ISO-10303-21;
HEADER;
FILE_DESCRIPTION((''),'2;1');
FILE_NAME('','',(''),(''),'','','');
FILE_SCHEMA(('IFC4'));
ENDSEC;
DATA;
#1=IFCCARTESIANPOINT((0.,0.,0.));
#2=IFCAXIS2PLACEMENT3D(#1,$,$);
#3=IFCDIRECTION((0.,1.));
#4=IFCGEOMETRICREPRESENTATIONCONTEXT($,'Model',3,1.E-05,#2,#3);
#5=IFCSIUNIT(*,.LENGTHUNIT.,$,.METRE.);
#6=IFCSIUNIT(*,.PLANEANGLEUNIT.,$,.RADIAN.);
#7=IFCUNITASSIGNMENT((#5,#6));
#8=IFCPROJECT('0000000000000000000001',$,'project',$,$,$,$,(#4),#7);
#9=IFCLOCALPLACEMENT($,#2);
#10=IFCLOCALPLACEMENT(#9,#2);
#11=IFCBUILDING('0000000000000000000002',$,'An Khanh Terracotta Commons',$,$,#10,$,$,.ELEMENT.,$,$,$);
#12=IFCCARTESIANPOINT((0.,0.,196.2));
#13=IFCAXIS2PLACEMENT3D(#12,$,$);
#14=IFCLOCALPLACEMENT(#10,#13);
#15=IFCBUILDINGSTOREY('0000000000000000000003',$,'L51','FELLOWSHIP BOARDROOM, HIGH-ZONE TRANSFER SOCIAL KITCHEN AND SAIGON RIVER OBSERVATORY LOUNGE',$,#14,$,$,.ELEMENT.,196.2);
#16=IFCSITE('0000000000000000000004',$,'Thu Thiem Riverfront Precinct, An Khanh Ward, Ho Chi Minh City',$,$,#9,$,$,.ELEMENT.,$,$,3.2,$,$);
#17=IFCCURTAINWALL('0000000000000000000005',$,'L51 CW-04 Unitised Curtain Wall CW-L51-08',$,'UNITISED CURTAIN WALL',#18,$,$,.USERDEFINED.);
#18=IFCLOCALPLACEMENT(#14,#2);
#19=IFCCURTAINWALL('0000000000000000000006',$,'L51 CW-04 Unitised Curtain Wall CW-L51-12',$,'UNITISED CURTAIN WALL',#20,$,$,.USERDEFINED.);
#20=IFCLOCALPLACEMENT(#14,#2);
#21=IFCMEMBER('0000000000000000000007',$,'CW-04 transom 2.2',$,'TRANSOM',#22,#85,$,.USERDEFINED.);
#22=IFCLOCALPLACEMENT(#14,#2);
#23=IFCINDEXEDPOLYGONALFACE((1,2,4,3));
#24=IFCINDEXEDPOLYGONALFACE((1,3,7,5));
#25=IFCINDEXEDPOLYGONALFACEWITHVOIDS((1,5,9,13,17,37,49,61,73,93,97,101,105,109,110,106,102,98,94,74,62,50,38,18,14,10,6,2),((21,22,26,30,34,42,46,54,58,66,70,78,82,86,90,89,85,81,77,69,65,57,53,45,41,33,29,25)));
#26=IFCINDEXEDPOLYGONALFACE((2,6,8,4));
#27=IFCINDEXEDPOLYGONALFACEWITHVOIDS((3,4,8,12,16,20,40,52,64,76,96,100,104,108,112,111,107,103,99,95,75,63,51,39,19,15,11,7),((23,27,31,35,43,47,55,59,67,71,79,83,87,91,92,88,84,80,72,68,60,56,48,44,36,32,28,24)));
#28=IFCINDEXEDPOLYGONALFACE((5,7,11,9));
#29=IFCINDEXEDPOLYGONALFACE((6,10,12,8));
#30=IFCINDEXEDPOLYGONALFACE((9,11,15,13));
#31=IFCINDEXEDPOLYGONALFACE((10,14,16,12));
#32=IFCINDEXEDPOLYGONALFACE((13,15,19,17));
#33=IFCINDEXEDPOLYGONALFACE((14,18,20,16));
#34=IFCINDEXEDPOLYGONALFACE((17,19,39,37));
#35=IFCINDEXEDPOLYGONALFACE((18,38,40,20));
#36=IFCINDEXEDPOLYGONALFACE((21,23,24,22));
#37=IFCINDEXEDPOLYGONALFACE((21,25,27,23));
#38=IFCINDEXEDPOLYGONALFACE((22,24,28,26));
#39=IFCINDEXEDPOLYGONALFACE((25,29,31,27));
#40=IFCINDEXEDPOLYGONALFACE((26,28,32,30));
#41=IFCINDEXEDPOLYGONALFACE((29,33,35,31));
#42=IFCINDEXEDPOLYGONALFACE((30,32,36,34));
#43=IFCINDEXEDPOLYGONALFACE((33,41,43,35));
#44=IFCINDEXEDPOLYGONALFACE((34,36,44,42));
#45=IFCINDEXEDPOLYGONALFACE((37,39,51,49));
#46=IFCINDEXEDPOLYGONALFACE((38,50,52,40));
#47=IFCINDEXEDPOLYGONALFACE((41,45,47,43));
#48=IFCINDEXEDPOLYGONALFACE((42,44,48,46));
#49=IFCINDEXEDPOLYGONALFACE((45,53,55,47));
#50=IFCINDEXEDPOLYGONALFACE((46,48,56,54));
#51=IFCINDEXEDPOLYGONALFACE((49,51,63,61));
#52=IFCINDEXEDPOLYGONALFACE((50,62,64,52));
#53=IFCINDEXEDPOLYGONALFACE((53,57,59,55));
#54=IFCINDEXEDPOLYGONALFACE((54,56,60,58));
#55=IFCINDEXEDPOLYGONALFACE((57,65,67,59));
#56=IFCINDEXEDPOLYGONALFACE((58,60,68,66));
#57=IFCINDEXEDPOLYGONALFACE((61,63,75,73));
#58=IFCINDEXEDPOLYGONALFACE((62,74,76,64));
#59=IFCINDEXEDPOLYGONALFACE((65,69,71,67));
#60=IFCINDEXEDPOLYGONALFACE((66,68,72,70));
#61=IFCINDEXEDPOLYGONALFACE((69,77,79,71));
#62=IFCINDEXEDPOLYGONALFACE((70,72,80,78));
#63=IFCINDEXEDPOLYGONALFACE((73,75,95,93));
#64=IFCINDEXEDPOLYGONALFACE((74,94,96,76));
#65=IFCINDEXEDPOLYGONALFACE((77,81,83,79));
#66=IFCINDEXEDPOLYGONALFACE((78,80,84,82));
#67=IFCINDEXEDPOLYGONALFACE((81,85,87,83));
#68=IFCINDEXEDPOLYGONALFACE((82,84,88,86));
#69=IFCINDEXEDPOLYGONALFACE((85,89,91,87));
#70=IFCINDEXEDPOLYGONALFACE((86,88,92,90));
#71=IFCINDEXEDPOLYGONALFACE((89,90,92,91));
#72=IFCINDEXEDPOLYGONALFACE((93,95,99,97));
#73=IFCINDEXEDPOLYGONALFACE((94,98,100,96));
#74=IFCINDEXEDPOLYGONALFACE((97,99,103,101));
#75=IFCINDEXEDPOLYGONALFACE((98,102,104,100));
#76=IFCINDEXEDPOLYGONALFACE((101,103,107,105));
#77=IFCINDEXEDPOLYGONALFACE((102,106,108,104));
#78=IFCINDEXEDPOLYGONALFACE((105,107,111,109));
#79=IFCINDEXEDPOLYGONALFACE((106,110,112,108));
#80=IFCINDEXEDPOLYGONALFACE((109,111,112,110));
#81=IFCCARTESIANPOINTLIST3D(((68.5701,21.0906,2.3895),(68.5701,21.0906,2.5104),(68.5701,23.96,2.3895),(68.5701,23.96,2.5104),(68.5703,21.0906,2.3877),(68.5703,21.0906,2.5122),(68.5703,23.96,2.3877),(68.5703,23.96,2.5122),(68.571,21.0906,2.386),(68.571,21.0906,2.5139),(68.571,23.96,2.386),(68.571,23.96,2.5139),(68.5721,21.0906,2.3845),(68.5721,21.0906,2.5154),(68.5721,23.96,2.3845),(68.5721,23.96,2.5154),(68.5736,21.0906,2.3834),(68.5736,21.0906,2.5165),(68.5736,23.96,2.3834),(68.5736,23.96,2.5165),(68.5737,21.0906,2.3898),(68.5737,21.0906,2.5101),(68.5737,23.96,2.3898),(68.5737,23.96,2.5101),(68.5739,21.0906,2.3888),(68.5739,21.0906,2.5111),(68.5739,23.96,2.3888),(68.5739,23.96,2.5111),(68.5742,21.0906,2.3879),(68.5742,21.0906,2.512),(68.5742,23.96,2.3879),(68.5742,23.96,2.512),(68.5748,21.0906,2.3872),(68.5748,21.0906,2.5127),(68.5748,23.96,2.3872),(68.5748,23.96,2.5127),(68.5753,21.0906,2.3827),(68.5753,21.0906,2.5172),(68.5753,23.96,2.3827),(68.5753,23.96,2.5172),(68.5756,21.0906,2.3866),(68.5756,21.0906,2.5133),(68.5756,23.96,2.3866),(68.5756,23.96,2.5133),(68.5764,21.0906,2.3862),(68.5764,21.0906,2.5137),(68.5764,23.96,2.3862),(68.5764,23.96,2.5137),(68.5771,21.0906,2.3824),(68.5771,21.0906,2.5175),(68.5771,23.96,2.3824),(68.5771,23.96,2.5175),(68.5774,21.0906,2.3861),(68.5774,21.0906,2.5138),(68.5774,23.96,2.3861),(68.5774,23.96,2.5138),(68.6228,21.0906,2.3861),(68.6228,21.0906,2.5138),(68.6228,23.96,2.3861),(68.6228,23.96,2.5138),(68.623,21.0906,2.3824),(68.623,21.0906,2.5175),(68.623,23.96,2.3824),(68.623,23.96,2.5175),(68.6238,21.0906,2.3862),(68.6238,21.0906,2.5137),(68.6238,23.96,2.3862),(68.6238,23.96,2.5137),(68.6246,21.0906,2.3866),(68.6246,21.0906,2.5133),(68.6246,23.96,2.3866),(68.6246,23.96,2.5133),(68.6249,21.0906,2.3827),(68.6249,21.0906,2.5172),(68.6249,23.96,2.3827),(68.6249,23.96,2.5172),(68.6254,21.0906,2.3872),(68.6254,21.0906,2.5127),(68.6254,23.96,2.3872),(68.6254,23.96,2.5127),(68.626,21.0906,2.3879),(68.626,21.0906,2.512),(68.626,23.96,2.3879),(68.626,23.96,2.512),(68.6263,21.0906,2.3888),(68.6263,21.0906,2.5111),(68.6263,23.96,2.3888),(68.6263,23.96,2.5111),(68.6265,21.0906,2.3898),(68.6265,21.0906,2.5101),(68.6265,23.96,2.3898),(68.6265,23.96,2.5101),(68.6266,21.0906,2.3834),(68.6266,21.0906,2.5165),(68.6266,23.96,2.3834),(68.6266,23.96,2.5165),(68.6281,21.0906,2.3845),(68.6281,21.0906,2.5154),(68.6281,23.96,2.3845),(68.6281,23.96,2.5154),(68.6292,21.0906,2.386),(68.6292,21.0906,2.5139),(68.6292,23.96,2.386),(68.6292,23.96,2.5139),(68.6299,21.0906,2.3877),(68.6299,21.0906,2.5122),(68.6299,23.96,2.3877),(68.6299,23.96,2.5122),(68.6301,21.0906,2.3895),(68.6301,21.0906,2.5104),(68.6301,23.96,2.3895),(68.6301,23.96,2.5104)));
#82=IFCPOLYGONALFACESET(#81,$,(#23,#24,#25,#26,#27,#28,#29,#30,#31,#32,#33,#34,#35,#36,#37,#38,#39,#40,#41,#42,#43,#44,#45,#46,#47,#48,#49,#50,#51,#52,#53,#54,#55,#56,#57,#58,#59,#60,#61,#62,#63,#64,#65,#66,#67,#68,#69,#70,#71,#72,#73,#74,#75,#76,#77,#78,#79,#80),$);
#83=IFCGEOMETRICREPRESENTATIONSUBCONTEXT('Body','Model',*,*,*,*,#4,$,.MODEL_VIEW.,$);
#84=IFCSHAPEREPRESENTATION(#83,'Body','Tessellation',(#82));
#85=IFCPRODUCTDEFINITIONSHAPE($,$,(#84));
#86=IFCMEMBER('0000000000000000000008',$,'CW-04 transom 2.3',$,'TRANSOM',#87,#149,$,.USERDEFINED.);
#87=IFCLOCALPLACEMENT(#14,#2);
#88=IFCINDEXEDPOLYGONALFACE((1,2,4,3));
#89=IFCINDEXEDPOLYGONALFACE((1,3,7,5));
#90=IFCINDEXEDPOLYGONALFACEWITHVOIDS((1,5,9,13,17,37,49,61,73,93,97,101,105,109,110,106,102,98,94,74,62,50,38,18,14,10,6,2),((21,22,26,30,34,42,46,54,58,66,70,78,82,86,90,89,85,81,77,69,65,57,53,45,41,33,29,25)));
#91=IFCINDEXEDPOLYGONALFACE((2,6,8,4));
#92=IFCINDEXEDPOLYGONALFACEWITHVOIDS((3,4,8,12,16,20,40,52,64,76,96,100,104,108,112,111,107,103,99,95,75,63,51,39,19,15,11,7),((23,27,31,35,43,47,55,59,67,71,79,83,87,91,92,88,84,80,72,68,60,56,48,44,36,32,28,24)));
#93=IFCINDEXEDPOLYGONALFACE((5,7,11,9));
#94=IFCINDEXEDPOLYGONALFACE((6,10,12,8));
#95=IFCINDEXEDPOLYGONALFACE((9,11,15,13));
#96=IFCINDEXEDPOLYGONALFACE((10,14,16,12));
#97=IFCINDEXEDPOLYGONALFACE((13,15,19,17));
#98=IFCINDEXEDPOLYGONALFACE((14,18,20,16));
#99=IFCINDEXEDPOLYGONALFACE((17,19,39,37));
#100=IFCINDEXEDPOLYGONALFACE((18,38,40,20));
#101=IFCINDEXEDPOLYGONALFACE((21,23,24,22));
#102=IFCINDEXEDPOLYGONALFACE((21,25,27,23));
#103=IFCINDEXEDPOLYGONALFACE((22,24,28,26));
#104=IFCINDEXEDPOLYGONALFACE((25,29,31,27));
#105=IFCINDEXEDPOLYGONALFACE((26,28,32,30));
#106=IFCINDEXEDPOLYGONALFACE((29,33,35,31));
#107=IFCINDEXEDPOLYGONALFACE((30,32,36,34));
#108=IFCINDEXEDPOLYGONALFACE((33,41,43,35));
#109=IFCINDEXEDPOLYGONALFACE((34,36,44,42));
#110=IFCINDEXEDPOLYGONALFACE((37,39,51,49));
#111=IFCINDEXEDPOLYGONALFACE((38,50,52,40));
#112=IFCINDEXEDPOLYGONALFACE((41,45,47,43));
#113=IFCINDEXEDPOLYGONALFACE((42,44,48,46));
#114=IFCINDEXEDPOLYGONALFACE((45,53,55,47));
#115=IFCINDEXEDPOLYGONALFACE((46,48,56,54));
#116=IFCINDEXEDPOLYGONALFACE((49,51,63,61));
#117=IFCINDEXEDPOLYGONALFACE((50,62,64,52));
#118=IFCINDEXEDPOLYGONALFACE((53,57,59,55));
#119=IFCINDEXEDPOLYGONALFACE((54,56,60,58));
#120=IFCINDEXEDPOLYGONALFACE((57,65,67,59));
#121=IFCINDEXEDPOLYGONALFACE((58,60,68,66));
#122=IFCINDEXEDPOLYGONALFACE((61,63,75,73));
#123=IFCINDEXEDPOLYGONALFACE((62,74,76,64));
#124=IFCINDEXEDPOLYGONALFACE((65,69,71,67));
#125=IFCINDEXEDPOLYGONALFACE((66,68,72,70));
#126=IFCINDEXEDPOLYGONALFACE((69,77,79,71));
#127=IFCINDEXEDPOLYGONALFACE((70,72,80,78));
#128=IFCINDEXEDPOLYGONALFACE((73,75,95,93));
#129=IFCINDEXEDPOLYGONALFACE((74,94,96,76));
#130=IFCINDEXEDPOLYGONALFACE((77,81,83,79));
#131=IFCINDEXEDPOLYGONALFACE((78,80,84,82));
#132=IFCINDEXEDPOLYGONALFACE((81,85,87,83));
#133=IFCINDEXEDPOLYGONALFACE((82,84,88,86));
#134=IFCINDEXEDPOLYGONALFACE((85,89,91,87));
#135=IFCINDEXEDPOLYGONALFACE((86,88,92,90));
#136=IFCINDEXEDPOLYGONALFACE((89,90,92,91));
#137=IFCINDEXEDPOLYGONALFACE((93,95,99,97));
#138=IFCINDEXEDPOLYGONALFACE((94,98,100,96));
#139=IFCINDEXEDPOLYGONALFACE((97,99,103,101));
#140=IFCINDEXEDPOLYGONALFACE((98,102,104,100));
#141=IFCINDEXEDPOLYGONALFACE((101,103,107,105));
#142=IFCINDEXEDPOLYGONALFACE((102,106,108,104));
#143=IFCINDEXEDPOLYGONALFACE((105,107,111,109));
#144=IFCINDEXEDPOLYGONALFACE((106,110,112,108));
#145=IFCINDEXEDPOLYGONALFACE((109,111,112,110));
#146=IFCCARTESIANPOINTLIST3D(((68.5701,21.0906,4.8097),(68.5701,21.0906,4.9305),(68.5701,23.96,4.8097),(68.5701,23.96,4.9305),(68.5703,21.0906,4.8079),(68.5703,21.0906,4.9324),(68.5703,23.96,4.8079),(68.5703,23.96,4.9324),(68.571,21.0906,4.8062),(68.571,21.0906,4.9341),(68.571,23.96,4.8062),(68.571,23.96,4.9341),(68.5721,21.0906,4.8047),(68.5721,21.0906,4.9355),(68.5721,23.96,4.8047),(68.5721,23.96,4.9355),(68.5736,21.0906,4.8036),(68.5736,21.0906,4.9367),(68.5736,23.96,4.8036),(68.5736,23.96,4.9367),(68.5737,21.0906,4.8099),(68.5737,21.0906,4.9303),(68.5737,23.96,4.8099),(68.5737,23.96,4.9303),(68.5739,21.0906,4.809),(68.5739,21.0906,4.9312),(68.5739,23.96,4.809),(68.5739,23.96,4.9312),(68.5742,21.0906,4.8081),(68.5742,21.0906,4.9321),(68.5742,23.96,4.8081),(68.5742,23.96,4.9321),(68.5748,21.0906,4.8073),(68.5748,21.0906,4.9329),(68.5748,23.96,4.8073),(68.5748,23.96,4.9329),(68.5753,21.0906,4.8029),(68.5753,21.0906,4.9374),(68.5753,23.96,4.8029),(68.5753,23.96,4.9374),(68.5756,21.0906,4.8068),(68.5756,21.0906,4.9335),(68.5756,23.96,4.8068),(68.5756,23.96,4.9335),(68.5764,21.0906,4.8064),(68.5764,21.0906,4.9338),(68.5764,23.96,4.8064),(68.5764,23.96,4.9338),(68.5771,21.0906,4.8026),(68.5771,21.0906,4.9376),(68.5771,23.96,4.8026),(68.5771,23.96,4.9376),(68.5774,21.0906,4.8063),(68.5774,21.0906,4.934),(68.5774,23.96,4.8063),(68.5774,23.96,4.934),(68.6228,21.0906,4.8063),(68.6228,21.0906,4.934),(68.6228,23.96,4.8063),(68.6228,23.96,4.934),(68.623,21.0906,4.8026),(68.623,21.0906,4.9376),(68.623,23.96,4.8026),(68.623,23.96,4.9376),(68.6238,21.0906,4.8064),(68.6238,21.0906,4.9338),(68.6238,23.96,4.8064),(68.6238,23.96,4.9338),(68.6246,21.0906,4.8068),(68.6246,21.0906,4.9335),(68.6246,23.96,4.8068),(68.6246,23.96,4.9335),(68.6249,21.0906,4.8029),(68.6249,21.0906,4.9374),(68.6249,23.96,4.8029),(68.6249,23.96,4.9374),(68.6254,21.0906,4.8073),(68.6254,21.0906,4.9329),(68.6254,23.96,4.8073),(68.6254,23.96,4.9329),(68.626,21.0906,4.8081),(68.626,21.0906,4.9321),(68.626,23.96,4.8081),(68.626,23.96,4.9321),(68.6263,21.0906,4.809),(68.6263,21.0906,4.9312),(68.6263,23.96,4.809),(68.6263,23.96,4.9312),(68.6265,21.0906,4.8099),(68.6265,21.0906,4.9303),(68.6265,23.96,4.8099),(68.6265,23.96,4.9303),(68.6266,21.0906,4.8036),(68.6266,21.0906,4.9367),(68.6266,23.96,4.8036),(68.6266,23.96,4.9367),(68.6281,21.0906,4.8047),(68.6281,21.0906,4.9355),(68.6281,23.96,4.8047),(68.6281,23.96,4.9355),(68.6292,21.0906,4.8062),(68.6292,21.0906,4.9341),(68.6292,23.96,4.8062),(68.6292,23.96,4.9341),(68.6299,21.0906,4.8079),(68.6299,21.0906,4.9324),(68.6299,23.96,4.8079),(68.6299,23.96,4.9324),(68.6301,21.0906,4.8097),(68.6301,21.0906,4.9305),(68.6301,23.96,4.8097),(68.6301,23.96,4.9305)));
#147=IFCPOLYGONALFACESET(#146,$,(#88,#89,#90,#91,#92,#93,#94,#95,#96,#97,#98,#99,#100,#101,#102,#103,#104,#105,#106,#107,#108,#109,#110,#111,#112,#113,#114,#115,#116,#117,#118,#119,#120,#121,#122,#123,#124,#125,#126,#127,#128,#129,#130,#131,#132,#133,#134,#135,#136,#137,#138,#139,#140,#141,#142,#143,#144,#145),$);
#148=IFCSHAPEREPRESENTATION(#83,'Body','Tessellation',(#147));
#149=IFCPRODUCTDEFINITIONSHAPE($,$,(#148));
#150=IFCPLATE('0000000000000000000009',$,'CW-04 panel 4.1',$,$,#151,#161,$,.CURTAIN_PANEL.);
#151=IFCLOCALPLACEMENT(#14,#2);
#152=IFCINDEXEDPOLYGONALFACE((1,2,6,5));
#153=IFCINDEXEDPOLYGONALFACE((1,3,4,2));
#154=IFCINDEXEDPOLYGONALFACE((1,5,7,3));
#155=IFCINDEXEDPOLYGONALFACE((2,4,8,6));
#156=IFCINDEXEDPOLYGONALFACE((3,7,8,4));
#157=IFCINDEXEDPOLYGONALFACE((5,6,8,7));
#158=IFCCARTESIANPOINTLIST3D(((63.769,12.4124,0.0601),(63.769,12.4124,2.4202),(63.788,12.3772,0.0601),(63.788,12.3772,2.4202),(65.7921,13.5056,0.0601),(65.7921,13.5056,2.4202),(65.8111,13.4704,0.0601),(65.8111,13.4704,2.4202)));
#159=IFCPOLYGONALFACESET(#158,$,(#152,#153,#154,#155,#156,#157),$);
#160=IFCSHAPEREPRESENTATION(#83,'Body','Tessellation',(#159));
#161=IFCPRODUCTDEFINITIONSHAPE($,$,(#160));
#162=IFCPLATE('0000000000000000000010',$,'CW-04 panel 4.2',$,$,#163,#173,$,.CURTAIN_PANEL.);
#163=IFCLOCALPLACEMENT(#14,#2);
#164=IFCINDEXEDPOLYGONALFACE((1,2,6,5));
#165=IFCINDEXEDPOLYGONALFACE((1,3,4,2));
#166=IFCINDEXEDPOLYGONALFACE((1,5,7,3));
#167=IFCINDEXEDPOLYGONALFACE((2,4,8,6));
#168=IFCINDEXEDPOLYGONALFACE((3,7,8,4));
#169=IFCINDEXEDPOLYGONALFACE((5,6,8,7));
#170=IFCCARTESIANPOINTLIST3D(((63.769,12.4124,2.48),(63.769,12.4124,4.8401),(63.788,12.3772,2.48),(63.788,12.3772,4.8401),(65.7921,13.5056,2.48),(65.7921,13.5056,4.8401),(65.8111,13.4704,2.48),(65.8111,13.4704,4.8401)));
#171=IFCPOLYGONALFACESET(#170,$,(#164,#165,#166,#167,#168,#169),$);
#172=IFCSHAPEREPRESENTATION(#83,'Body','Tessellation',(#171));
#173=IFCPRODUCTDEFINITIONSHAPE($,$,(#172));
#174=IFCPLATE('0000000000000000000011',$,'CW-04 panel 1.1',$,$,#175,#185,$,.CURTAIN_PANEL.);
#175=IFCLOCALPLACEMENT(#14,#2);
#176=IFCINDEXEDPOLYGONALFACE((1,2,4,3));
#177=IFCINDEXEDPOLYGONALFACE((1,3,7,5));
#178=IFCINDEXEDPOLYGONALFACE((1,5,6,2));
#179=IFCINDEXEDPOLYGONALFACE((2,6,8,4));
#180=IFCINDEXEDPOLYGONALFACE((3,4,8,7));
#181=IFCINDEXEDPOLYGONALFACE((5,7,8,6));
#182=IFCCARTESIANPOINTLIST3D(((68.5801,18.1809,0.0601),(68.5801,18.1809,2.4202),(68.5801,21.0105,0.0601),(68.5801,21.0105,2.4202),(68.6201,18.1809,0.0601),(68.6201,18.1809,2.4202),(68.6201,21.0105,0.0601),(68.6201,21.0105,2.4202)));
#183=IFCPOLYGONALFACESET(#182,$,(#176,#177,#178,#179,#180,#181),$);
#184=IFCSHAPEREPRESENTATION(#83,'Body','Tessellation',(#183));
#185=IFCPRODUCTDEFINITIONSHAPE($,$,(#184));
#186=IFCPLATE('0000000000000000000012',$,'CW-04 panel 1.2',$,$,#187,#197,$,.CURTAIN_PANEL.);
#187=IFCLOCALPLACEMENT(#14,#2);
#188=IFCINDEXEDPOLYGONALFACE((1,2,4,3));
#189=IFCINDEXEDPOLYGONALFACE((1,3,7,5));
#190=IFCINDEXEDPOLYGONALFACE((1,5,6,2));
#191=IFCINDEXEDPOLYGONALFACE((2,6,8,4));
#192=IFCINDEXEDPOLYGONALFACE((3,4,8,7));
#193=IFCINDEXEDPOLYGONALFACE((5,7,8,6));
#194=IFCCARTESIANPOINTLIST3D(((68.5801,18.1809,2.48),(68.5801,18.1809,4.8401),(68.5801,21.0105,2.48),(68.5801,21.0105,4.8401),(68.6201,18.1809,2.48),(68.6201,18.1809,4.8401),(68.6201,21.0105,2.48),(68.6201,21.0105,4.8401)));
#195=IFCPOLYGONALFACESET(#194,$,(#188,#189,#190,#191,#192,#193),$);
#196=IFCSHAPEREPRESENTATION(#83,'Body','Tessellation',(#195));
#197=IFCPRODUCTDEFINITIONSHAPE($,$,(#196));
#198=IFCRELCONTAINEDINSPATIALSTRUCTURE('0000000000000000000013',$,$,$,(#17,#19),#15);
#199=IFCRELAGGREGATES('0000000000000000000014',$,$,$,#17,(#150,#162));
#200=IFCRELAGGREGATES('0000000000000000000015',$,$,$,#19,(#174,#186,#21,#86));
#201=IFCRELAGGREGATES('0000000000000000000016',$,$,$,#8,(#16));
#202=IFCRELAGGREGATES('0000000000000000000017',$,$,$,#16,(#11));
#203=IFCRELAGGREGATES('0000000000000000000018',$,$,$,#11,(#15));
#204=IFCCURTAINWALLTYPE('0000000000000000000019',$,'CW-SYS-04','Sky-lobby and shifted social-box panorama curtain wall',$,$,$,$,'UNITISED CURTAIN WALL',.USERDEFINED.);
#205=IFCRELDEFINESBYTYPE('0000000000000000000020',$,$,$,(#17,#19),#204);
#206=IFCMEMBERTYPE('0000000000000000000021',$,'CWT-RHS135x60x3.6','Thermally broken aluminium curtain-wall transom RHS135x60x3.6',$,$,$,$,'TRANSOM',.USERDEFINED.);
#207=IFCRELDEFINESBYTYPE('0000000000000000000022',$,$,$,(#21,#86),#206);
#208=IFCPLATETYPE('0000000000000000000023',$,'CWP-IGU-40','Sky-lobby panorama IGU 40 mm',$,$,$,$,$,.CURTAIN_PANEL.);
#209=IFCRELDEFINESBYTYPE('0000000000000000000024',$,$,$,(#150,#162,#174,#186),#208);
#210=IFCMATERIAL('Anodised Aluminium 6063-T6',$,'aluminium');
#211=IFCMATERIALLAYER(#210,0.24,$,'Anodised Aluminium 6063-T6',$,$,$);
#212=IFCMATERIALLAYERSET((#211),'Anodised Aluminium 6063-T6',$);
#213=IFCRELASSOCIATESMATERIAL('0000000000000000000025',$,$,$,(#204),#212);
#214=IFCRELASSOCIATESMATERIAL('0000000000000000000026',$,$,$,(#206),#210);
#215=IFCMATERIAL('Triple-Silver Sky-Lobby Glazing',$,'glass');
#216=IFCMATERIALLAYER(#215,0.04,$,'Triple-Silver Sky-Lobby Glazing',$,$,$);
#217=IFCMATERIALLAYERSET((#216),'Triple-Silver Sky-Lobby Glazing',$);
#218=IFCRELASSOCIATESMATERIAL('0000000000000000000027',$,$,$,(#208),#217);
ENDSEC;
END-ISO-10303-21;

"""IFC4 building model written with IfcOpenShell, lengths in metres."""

from ifc_helpers import new_model, si_unit, direction, frame, origin, origin_2d, place, context, subcontext, project, spatial, rectangle, hollow_rectangle, extrude, material, layer, layer_set, material_profile, profile_set, type_object, element, aggregate, save


model = new_model("IFC4")

# Units and contexts
model_context = context("Model", 3, precision=1e-05, world=origin(), true_north=direction((0.0, 1.0)))
body_context = subcontext(model_context, "Body", "Model", "MODEL_VIEW")
ifc_project = project(units=[si_unit("LENGTHUNIT", "METRE"), si_unit("PLANEANGLEUNIT", "RADIAN")], contexts=[model_context])

# Site, building, storey
site_placement = place(None, origin())
site = spatial("IfcSite", under=ifc_project, at=site_placement, Name="Thu Thiem Riverfront Precinct, An Khanh Ward, Ho Chi Minh City", CompositionType="ELEMENT", RefElevation=3.2)
building_placement = place(site_placement, origin())
building = spatial("IfcBuilding", under=site, at=building_placement, Name="An Khanh Terracotta Commons", CompositionType="ELEMENT")
storey_placement = place(building_placement, frame((0.0, 0.0, 196.2)))
storey = spatial("IfcBuildingStorey", under=building, at=storey_placement, Name="L51", Description="FELLOWSHIP BOARDROOM, HIGH-ZONE TRANSFER SOCIAL KITCHEN AND SAIGON RIVER OBSERVATORY LOUNGE", CompositionType="ELEMENT", Elevation=196.2)

# Curtain wall
ifc_material_1 = material(Name="Anodised Aluminium 6063-T6", Category="aluminium")
ifc_layer_1 = layer(ifc_material_1, 0.24, Name="Anodised Aluminium 6063-T6")
ifc_layer_set_1 = layer_set([ifc_layer_1], Name="Anodised Aluminium 6063-T6")
curtain_wall_type = type_object("IfcCurtainWallType", Name="CW-SYS-04", Description="Sky-lobby and shifted social-box panorama curtain wall", ElementType="UNITISED CURTAIN WALL", PredefinedType="USERDEFINED", material=ifc_layer_set_1)
curtain_wall_1_placement = place(storey_placement, origin())
curtain_wall_1 = element("IfcCurtainWall", 1, at=curtain_wall_1_placement, inside=storey, type_object=curtain_wall_type, Name="L51 CW-04 Unitised Curtain Wall CW-L51-08", ObjectType="UNITISED CURTAIN WALL", PredefinedType="USERDEFINED")

# Curtain wall
curtain_wall_2_placement = place(storey_placement, origin())
curtain_wall_2 = element("IfcCurtainWall", 2, at=curtain_wall_2_placement, inside=storey, type_object=curtain_wall_type, Name="L51 CW-04 Unitised Curtain Wall CW-L51-12", ObjectType="UNITISED CURTAIN WALL", PredefinedType="USERDEFINED")

# Members
ifc_material_profile_1 = material_profile(ifc_material_1, hollow_rectangle(XDim=0.0601, YDim=0.135, WallThickness=0.0037, InnerFilletRadius=0.0037, OuterFilletRadius=0.0071, at=origin_2d()), Name="RHS135x60x3.6")
ifc_profile_set_1 = profile_set([ifc_material_profile_1], Name="Anodised Aluminium 6063-T6")
member_type_1 = type_object("IfcMemberType", Name="CWT-RHS135x60x3.6", Description="Thermally broken aluminium curtain-wall transom RHS135x60x3.6", ElementType="TRANSOM", PredefinedType="USERDEFINED", material=ifc_profile_set_1)
member_1_placement = place(storey_placement, frame((68.6001, 21.0906, 2.45), z_axis=(0.0, 1.0, 0.0), x_axis=(-1.0, 0.0, 0.0)))
member_1 = element("IfcMember", 3, at=member_1_placement, type_object=member_type_1, Name="CW-04 transom 2.2", ObjectType="TRANSOM", PredefinedType="USERDEFINED", context=body_context, shape_type="SweptSolid", body=[
    extrude(hollow_rectangle(XDim=0.0601, YDim=0.135, WallThickness=0.0037, InnerFilletRadius=0.0037, OuterFilletRadius=0.0071, at=origin_2d()), origin(), (0.0, 0.0, 1.0), 2.8694),
])
member_2_placement = place(storey_placement, frame((68.6001, 21.0906, 4.8701), z_axis=(0.0, 1.0, 0.0), x_axis=(-1.0, 0.0, 0.0)))
member_2 = element("IfcMember", 4, at=member_2_placement, type_object=member_type_1, Name="CW-04 transom 2.3", ObjectType="TRANSOM", PredefinedType="USERDEFINED", context=body_context, shape_type="SweptSolid", body=[
    extrude(hollow_rectangle(XDim=0.0601, YDim=0.135, WallThickness=0.0037, InnerFilletRadius=0.0037, OuterFilletRadius=0.0071, at=origin_2d()), origin(), (0.0, 0.0, 1.0), 2.8694),
])

# Plates
ifc_material_2 = material(Name="Triple-Silver Sky-Lobby Glazing", Category="glass")
ifc_layer_2 = layer(ifc_material_2, 0.04, Name="Triple-Silver Sky-Lobby Glazing")
ifc_layer_set_2 = layer_set([ifc_layer_2], Name="Triple-Silver Sky-Lobby Glazing")
plate_type = type_object("IfcPlateType", Name="CWP-IGU-40", Description="Sky-lobby panorama IGU 40 mm", PredefinedType="CURTAIN_PANEL", material=ifc_layer_set_2)
plate_1_placement = place(storey_placement, frame((64.79, 12.9414, 0.0601), z_axis=(0.0, 0.0, 1.0), x_axis=(0.87978, 0.475381, 0.0)))
plate_1 = element("IfcPlate", 5, at=plate_1_placement, type_object=plate_type, Name="CW-04 panel 4.1", PredefinedType="CURTAIN_PANEL", context=body_context, shape_type="SweptSolid", body=[
    extrude(rectangle(XDim=2.2996, YDim=0.04, at=origin_2d()), origin(), (0.0, 0.0, 1.0), 2.3601),
])
plate_2_placement = place(storey_placement, frame((64.79, 12.9414, 2.48), z_axis=(0.0, 0.0, 1.0), x_axis=(0.87978, 0.475381, 0.0)))
plate_2 = element("IfcPlate", 6, at=plate_2_placement, type_object=plate_type, Name="CW-04 panel 4.2", PredefinedType="CURTAIN_PANEL", context=body_context, shape_type="SweptSolid", body=[
    extrude(rectangle(XDim=2.2996, YDim=0.04, at=origin_2d()), origin(), (0.0, 0.0, 1.0), 2.3601),
])
aggregate(curtain_wall_1, [plate_1, plate_2])
plate_3_placement = place(storey_placement, frame((68.6001, 19.5957, 0.0601), z_axis=(0.0, 0.0, 1.0), x_axis=(0.0, 1.0, 0.0)))
plate_3 = element("IfcPlate", 7, at=plate_3_placement, type_object=plate_type, Name="CW-04 panel 1.1", PredefinedType="CURTAIN_PANEL", context=body_context, shape_type="SweptSolid", body=[
    extrude(rectangle(XDim=2.8296, YDim=0.04, at=origin_2d()), origin(), (0.0, 0.0, 1.0), 2.3601),
])
plate_4_placement = place(storey_placement, frame((68.6001, 19.5957, 2.48), z_axis=(0.0, 0.0, 1.0), x_axis=(0.0, 1.0, 0.0)))
plate_4 = element("IfcPlate", 8, at=plate_4_placement, type_object=plate_type, Name="CW-04 panel 1.2", PredefinedType="CURTAIN_PANEL", context=body_context, shape_type="SweptSolid", body=[
    extrude(rectangle(XDim=2.8296, YDim=0.04, at=origin_2d()), origin(), (0.0, 0.0, 1.0), 2.3601),
])
aggregate(curtain_wall_2, [plate_3, plate_4, member_1, member_2])

save(model, "model.ifc")
